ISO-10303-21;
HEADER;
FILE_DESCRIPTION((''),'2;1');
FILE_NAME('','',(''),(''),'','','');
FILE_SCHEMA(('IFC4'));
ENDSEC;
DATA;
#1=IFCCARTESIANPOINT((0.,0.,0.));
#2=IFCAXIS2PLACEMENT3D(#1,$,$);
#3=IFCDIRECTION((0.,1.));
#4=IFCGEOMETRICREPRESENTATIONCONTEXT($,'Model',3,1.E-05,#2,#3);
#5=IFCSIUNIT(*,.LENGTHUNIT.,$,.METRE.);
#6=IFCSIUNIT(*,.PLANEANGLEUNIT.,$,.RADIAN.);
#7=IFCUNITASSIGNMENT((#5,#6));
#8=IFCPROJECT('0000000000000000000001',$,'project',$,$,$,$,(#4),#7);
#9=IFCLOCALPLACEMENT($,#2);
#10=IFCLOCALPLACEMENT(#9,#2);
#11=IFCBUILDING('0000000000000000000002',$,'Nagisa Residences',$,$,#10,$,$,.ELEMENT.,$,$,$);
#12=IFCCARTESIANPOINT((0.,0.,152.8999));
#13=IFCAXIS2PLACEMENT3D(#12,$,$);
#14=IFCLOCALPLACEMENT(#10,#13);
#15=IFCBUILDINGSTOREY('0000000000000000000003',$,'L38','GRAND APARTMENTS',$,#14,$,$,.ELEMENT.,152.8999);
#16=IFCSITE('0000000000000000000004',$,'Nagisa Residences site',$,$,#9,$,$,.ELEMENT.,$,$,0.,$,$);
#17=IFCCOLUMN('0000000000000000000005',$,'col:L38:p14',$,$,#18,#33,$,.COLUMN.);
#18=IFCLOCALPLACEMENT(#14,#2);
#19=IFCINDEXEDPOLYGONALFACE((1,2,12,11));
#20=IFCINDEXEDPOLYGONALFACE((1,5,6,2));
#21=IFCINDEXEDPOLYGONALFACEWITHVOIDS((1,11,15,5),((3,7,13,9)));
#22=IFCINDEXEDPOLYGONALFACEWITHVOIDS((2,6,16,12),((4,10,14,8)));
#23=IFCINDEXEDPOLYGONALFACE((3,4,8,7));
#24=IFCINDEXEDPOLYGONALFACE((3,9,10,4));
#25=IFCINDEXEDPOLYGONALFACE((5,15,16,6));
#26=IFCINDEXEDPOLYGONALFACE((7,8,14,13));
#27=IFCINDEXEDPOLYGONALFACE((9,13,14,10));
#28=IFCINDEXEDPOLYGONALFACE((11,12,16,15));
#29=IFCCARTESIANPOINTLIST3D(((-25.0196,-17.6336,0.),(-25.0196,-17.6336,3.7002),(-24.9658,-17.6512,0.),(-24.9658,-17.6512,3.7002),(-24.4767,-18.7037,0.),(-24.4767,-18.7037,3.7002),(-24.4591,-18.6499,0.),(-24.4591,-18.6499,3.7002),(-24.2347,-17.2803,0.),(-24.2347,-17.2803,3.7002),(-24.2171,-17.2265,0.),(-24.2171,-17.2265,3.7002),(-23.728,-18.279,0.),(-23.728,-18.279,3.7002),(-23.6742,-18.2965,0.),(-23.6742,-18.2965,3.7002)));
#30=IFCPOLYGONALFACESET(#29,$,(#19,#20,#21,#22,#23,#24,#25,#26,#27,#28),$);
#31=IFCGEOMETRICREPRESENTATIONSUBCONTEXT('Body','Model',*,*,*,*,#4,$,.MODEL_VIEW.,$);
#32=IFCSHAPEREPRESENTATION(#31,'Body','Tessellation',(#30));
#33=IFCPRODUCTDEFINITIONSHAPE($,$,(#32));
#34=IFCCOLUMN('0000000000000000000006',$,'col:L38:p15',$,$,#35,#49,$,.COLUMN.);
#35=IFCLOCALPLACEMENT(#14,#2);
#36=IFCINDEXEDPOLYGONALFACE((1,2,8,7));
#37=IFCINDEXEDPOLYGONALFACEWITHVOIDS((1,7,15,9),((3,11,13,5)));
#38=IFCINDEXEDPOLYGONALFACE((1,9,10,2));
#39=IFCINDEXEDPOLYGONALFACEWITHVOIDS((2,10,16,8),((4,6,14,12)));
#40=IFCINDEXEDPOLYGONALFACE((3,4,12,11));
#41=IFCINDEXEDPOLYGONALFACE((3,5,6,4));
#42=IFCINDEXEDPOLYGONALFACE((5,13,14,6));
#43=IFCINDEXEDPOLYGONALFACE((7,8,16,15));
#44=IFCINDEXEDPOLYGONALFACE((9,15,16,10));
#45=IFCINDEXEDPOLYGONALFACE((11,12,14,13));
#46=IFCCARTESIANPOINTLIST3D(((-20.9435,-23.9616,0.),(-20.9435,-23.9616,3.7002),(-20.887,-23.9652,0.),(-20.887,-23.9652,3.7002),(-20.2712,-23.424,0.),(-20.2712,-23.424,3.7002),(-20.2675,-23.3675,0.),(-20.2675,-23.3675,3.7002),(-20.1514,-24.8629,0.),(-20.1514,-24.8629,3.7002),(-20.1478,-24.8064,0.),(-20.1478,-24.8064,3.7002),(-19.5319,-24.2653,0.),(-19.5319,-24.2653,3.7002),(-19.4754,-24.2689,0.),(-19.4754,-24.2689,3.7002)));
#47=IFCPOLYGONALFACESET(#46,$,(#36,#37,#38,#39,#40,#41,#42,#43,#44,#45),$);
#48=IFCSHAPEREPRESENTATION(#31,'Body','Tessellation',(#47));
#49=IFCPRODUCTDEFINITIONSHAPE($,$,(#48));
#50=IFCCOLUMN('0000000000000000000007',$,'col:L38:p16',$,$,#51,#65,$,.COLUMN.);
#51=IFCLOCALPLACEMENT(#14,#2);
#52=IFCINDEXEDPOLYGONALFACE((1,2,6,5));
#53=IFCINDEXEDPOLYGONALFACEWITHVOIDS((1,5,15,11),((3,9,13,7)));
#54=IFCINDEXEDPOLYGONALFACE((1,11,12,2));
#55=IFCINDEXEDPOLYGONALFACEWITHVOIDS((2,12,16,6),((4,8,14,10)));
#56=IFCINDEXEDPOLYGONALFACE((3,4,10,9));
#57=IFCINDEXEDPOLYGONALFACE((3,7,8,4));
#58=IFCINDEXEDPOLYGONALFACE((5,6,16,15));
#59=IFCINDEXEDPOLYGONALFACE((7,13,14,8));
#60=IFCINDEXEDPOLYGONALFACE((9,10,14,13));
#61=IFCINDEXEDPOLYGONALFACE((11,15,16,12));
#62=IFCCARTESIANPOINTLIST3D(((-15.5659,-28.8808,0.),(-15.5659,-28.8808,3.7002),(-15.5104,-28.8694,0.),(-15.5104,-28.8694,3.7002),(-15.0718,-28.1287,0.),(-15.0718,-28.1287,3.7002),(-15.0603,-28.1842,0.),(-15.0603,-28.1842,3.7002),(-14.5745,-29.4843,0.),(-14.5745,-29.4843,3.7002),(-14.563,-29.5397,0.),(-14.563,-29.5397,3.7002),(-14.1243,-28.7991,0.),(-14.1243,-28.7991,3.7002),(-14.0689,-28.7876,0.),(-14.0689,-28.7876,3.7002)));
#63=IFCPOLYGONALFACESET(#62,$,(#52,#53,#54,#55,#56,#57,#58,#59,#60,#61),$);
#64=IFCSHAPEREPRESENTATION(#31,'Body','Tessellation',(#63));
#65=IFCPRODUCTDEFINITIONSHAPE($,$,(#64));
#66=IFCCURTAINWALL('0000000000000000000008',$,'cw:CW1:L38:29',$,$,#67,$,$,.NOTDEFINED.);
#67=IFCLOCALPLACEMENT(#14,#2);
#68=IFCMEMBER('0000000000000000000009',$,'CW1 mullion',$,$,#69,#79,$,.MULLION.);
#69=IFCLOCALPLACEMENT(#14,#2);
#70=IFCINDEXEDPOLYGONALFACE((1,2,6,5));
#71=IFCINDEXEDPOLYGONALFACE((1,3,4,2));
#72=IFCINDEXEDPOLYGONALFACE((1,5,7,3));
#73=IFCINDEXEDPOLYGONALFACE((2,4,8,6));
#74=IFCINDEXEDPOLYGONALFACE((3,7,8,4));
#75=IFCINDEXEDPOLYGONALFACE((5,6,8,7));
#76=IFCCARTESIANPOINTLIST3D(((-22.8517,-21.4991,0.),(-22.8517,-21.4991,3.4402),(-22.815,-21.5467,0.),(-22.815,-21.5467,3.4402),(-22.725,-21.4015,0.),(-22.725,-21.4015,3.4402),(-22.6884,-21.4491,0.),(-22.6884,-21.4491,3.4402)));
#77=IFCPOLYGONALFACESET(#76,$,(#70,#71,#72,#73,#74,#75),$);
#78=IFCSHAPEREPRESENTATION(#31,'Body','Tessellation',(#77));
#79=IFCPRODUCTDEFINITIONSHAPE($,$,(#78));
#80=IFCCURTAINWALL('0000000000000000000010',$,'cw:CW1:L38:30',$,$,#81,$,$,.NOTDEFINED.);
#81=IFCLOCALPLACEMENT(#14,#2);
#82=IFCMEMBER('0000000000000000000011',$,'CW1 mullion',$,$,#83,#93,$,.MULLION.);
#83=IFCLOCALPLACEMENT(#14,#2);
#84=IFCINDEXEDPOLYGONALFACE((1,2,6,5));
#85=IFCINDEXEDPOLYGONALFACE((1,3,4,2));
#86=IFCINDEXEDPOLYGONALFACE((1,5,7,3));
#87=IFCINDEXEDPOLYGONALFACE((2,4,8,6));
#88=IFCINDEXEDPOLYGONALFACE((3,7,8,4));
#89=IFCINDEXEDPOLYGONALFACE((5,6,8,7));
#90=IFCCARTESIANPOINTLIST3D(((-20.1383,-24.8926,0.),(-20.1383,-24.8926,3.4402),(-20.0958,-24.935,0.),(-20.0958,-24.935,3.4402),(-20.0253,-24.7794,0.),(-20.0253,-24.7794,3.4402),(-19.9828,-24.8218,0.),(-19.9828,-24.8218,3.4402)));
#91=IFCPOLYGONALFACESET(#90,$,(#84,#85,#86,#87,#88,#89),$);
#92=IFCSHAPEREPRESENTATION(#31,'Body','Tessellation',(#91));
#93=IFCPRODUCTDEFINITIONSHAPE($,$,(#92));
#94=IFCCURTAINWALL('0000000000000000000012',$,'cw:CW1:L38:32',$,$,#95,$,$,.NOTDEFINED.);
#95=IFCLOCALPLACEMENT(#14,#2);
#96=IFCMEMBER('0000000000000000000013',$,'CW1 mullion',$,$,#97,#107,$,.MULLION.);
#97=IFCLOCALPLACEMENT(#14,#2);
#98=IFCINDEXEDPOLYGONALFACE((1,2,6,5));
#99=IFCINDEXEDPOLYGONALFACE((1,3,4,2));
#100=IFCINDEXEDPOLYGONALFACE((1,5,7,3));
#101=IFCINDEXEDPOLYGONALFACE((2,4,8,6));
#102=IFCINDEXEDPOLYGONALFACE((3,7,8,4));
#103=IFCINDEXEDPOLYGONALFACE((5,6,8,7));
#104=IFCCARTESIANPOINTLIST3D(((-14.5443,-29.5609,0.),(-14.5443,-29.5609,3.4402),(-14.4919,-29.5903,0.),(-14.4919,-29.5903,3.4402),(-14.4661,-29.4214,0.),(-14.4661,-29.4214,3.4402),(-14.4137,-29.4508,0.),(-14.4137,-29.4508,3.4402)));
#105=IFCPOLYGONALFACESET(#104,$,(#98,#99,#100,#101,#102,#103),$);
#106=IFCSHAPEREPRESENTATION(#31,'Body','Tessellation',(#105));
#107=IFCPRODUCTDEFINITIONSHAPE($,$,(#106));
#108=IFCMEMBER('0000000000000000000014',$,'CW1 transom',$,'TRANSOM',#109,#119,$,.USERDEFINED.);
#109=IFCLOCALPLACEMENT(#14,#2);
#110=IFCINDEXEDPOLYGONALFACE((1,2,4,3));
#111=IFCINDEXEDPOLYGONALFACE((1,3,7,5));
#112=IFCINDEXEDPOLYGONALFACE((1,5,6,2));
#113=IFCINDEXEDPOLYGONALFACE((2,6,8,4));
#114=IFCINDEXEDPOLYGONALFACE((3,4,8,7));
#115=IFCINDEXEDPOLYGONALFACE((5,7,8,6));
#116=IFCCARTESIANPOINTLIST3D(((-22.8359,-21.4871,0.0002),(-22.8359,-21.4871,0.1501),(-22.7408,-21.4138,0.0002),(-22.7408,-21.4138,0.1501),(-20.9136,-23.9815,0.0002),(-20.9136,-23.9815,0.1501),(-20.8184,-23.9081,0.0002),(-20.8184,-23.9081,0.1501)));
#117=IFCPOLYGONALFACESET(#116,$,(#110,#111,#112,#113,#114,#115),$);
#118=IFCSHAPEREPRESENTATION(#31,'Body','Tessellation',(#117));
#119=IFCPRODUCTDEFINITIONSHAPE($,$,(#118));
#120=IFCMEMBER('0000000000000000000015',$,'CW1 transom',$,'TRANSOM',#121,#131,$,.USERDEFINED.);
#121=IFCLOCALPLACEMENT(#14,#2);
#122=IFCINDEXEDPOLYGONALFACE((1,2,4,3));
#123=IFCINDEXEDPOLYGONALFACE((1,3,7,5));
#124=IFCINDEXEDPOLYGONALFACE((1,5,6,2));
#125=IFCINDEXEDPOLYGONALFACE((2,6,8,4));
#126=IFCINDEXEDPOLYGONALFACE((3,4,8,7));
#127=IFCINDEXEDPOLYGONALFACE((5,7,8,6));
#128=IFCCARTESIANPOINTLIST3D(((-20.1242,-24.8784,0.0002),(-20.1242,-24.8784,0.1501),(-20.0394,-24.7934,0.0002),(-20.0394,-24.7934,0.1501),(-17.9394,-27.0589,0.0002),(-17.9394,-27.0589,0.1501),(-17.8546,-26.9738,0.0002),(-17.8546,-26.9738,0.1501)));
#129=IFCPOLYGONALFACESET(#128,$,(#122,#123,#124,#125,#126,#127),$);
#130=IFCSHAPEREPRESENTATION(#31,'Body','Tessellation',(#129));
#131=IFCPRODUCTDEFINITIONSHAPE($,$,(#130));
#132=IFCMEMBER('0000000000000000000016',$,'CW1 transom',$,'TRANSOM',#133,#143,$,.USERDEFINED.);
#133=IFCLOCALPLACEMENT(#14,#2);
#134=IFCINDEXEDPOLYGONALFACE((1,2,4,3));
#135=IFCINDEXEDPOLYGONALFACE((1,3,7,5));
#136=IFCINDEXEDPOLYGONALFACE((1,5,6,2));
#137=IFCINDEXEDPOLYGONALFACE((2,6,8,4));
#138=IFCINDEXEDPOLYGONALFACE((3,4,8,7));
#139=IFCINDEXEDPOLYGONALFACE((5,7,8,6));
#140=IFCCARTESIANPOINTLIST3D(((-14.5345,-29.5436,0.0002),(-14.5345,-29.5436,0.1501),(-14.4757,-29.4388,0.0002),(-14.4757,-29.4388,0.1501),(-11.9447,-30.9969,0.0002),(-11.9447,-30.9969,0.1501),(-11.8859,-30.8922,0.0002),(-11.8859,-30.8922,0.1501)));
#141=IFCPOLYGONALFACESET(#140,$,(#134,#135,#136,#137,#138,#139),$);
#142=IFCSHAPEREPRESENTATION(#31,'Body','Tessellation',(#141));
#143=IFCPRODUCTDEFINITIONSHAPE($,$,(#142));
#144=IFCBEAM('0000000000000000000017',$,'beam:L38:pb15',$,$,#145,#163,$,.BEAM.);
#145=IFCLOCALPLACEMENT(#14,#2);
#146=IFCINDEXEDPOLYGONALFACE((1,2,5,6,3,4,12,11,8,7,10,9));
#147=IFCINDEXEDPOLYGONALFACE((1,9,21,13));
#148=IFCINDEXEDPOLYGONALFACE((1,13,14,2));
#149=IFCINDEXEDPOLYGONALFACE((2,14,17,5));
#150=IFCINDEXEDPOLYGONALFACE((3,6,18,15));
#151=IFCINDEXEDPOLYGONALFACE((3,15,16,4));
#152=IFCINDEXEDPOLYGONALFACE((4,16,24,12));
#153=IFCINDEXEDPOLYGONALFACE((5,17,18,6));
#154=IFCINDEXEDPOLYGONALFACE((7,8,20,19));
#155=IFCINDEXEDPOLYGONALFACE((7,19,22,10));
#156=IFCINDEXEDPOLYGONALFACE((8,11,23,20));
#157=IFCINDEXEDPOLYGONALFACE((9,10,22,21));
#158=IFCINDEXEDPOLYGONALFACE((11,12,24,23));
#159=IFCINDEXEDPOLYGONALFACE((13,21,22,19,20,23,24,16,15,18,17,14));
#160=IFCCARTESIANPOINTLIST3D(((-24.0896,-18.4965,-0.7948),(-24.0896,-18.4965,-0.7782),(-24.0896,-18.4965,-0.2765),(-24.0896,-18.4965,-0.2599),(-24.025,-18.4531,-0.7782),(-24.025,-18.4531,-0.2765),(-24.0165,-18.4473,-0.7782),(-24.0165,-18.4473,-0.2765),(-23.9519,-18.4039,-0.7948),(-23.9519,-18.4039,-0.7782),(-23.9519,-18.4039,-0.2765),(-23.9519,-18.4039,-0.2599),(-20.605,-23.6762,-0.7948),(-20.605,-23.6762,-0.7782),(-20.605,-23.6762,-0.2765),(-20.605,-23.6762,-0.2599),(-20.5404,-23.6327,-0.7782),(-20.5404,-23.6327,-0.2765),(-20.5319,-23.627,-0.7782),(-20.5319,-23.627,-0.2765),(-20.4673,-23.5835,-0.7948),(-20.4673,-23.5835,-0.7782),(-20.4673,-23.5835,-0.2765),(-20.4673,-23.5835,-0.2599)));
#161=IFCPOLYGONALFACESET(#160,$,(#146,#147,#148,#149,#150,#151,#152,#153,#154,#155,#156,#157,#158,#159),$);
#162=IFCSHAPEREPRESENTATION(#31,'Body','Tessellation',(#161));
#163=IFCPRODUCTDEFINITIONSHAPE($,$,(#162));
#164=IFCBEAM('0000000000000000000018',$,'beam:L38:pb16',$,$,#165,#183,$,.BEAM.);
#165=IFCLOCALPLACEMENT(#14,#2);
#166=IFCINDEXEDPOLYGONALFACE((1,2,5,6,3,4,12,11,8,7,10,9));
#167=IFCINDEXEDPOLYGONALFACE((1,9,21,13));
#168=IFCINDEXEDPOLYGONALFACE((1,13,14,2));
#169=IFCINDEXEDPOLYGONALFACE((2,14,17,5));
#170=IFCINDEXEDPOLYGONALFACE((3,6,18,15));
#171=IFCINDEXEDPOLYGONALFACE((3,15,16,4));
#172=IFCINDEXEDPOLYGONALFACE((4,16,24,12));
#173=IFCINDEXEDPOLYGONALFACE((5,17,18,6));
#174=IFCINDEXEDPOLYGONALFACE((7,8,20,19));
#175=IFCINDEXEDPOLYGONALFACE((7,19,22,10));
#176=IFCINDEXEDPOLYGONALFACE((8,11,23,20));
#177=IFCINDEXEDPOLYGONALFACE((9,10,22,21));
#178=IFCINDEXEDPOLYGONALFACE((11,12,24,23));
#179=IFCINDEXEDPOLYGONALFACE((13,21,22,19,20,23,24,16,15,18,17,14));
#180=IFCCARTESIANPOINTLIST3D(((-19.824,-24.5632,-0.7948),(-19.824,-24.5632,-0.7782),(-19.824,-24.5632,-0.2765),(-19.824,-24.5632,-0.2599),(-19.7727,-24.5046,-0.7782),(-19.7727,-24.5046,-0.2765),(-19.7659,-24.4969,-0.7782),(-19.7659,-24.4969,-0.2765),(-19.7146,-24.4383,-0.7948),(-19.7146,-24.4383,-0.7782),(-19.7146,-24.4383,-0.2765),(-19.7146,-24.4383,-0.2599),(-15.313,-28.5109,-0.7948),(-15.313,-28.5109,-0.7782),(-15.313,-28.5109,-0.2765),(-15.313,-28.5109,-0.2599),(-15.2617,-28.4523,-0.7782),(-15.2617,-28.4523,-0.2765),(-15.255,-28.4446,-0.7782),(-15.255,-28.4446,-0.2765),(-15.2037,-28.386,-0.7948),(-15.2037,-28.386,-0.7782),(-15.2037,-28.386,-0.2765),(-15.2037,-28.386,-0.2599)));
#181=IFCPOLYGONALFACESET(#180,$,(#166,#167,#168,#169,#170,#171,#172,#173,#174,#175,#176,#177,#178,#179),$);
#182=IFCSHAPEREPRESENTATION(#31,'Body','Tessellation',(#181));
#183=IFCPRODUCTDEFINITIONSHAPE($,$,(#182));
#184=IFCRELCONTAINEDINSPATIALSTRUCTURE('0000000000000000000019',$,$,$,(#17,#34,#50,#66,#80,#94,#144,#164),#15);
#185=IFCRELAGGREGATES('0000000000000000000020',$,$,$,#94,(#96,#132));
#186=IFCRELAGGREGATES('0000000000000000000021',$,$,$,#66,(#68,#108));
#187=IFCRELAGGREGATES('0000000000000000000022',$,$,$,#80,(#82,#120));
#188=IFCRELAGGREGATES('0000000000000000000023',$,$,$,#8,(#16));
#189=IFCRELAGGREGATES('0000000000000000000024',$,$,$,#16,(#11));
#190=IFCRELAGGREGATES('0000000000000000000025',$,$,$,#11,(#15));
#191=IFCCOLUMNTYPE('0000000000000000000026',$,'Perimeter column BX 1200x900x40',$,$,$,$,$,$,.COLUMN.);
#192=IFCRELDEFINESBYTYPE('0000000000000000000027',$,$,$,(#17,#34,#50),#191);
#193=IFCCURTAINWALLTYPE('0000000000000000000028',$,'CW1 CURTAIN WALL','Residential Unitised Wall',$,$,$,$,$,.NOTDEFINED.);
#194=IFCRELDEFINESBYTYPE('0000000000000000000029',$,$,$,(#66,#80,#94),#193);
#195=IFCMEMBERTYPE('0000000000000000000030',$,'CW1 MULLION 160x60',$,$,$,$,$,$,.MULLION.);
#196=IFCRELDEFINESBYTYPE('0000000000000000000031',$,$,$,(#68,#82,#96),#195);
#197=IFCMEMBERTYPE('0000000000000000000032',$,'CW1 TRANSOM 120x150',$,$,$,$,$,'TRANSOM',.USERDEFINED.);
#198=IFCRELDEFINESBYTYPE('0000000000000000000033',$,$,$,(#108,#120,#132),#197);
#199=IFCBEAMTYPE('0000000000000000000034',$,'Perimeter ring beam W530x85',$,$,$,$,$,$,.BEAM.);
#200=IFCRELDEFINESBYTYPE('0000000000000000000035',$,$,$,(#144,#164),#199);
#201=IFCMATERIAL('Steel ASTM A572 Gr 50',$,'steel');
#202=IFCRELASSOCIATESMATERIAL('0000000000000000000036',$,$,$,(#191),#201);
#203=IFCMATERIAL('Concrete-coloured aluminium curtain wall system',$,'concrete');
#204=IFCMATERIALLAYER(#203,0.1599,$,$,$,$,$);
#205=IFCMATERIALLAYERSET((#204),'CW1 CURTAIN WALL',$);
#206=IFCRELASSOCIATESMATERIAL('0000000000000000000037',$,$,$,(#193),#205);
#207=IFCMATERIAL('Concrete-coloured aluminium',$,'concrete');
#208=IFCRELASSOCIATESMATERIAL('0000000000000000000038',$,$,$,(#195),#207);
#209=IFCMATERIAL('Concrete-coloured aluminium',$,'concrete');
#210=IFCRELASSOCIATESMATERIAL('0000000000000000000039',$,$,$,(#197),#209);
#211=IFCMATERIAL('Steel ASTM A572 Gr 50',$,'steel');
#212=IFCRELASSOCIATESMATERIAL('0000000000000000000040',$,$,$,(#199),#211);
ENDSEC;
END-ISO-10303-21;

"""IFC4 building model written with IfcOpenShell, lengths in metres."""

from ifc_helpers import new_model, si_unit, direction, frame, origin, origin_2d, place, context, subcontext, project, spatial, rectangle, hollow_rectangle, i_section, extrude, material, layer, layer_set, material_profile, profile_set, type_object, element, aggregate, save


model = new_model("IFC4")

# Units and contexts
model_context = context("Model", 3, precision=1e-05, world=origin(), true_north=direction((0.0, 1.0)))
body_context = subcontext(model_context, "Body", "Model", "MODEL_VIEW")
ifc_project = project(units=[si_unit("LENGTHUNIT", "METRE"), si_unit("PLANEANGLEUNIT", "RADIAN")], contexts=[model_context])

# Site, building, storey
site_placement = place(None, origin())
site = spatial("IfcSite", under=ifc_project, at=site_placement, Name="Nagisa Residences site", CompositionType="ELEMENT", RefElevation=0.0)
building_placement = place(site_placement, origin())
building = spatial("IfcBuilding", under=site, at=building_placement, Name="Nagisa Residences", CompositionType="ELEMENT")
storey_placement = place(building_placement, frame((0.0, 0.0, 152.8999)))
storey = spatial("IfcBuildingStorey", under=building, at=storey_placement, Name="L38", Description="GRAND APARTMENTS", CompositionType="ELEMENT", Elevation=152.8999)

# Columns
ifc_material_1 = material(Name="Steel ASTM A572 Gr 50", Category="steel")
ifc_material_profile_1 = material_profile(ifc_material_1, hollow_rectangle(XDim=1.2, YDim=0.8999, WallThickness=0.04, at=origin_2d()), Name="BX 1200x900x40")
ifc_profile_set_1 = profile_set([ifc_material_profile_1], Name="Steel ASTM A572 Gr 50")
column_type = type_object("IfcColumnType", Name="Perimeter column BX 1200x900x40", PredefinedType="COLUMN", material=ifc_profile_set_1)
for number, where, z_axis, x_axis, name in (
    (1, (-24.3469, -17.9651, 0.0), (0.0, 0.0, 1.0), (0.452463, -0.891783, 0.0), "col:L38:p14"),
    (2, (-20.2095, -24.1152, 0.0), (0.0, 0.0, 1.0), (0.660115, -0.751165, 0.0), "col:L38:p15"),
    (3, (-14.8174, -28.8342, 0.0), (0.0, 0.0, 1.0), (0.835766, -0.549086, 0.0), "col:L38:p16"),
):
    element("IfcColumn", number, at=place(storey_placement, frame(where, z_axis=z_axis, x_axis=x_axis)), inside=storey, type_object=column_type, Name=name, PredefinedType="COLUMN", context=body_context, shape_type="SweptSolid", body=[
        extrude(hollow_rectangle(XDim=1.2, YDim=0.8999, WallThickness=0.04, at=origin_2d()), origin(), (0.0, 0.0, 1.0), 3.7002),
    ])

# Curtain walls, members
ifc_material_2 = material(Name="Concrete-coloured aluminium curtain wall system", Category="concrete")
ifc_layer_1 = layer(ifc_material_2, 0.1599)
ifc_layer_set_1 = layer_set([ifc_layer_1], Name="CW1 CURTAIN WALL")
curtain_wall_type = type_object("IfcCurtainWallType", Name="CW1 CURTAIN WALL", Description="Residential Unitised Wall", PredefinedType="NOTDEFINED", material=ifc_layer_set_1)
curtain_wall_1_placement = place(storey_placement, origin())
curtain_wall_1 = element("IfcCurtainWall", 4, at=curtain_wall_1_placement, inside=storey, type_object=curtain_wall_type, Name="cw:CW1:L38:29", PredefinedType="NOTDEFINED")
ifc_material_3 = material(Name="Concrete-coloured aluminium", Category="concrete")
ifc_material_profile_2 = material_profile(ifc_material_3, rectangle(XDim=0.1599, YDim=0.0601, at=origin_2d()), Name="CW1 MULLION 160x60")
ifc_profile_set_2 = profile_set([ifc_material_profile_2], Name="Concrete-coloured aluminium")
member_type_1 = type_object("IfcMemberType", Name="CW1 MULLION 160x60", PredefinedType="MULLION", material=ifc_profile_set_2)
member_1_placement = place(storey_placement, frame((-22.77, -21.4741, 0.0), z_axis=(0.0, 0.0, 1.0), x_axis=(0.79207, 0.61043, 0.0)))
member_1 = element("IfcMember", 5, at=member_1_placement, type_object=member_type_1, Name="CW1 mullion", PredefinedType="MULLION", context=body_context, shape_type="SweptSolid", body=[
    extrude(rectangle(XDim=0.1599, YDim=0.0601, at=origin_2d()), origin(), (0.0, 0.0, 1.0), 3.4402),
])
curtain_wall_2_placement = place(storey_placement, origin())
curtain_wall_2 = element("IfcCurtainWall", 6, at=curtain_wall_2_placement, inside=storey, type_object=curtain_wall_type, Name="cw:CW1:L38:30", PredefinedType="NOTDEFINED")
member_2_placement = place(storey_placement, frame((-20.0605, -24.8572, 0.0), z_axis=(0.0, 0.0, 1.0), x_axis=(0.706377, 0.707836, 0.0)))
member_2 = element("IfcMember", 7, at=member_2_placement, type_object=member_type_1, Name="CW1 mullion", PredefinedType="MULLION", context=body_context, shape_type="SweptSolid", body=[
    extrude(rectangle(XDim=0.1599, YDim=0.0601, at=origin_2d()), origin(), (0.0, 0.0, 1.0), 3.4402),
])
curtain_wall_3_placement = place(storey_placement, origin())
curtain_wall_3 = element("IfcCurtainWall", 8, at=curtain_wall_3_placement, inside=storey, type_object=curtain_wall_type, Name="cw:CW1:L38:32", PredefinedType="NOTDEFINED")
member_3_placement = place(storey_placement, frame((-14.479, -29.5059, 0.0), z_axis=(0.0, 0.0, 1.0), x_axis=(0.489377, 0.872072, 0.0)))
member_3 = element("IfcMember", 9, at=member_3_placement, type_object=member_type_1, Name="CW1 mullion", PredefinedType="MULLION", context=body_context, shape_type="SweptSolid", body=[
    extrude(rectangle(XDim=0.1599, YDim=0.0601, at=origin_2d()), origin(), (0.0, 0.0, 1.0), 3.4402),
])

# Members
ifc_material_4 = material(Name="Concrete-coloured aluminium", Category="concrete")
ifc_material_profile_3 = material_profile(ifc_material_4, rectangle(XDim=0.1201, YDim=0.1499, at=origin_2d()), Name="CW1 TRANSOM 120x150")
ifc_profile_set_3 = profile_set([ifc_material_profile_3], Name="Concrete-coloured aluminium")
member_type_2 = type_object("IfcMemberType", Name="CW1 TRANSOM 120x150", ElementType="TRANSOM", PredefinedType="USERDEFINED", material=ifc_profile_set_3)
member_4_placement = place(storey_placement, frame((-22.7883, -21.4504, 0.0752), z_axis=(0.61043, -0.79207, 0.0), x_axis=(0.79207, 0.61043, 0.0)))
member_4 = element("IfcMember", 10, at=member_4_placement, type_object=member_type_2, Name="CW1 transom", ObjectType="TRANSOM", PredefinedType="USERDEFINED", context=body_context, shape_type="SweptSolid", body=[
    extrude(rectangle(XDim=0.1201, YDim=0.1499, at=origin_2d()), origin(), (0.0, 0.0, 1.0), 3.1492),
])
member_5_placement = place(storey_placement, frame((-20.0818, -24.8359, 0.0752), z_axis=(0.707818, -0.706395, 0.0), x_axis=(0.706395, 0.707818, 0.0)))
member_5 = element("IfcMember", 11, at=member_5_placement, type_object=member_type_2, Name="CW1 transom", ObjectType="TRANSOM", PredefinedType="USERDEFINED", context=body_context, shape_type="SweptSolid", body=[
    extrude(rectangle(XDim=0.1201, YDim=0.1499, at=origin_2d()), origin(), (0.0, 0.0, 1.0), 3.0867),
])
member_6_placement = place(storey_placement, frame((-14.5051, -29.4912, 0.0752), z_axis=(0.872067, -0.489387, 0.0), x_axis=(0.489387, 0.872067, 0.0)))
member_6 = element("IfcMember", 12, at=member_6_placement, type_object=member_type_2, Name="CW1 transom", ObjectType="TRANSOM", PredefinedType="USERDEFINED", context=body_context, shape_type="SweptSolid", body=[
    extrude(rectangle(XDim=0.1201, YDim=0.1499, at=origin_2d()), origin(), (0.0, 0.0, 1.0), 2.9697),
])
aggregate(curtain_wall_3, [member_3, member_6])

# Beams
ifc_material_5 = material(Name="Steel ASTM A572 Gr 50", Category="steel")
ifc_material_profile_4 = material_profile(ifc_material_5, i_section(OverallWidth=0.166, OverallDepth=0.5349, WebThickness=0.0103, FlangeThickness=0.0166, at=origin_2d()), Name="W530x85")
ifc_profile_set_4 = profile_set([ifc_material_profile_4], Name="Steel ASTM A572 Gr 50")
beam_type_1 = type_object("IfcBeamType", Name="Perimeter ring beam W530x85", PredefinedType="BEAM", material=ifc_profile_set_4)
beam_1_placement = place(storey_placement, frame((-24.0208, -18.4502, -0.5273), z_axis=(0.558188, -0.829715, 0.0), x_axis=(0.829715, 0.558188, 0.0)))
element("IfcBeam", 13, at=beam_1_placement, inside=storey, type_object=beam_type_1, Name="beam:L38:pb15", PredefinedType="BEAM", context=body_context, shape_type="SweptSolid", body=[
    extrude(i_section(OverallWidth=0.166, OverallDepth=0.5349, WebThickness=0.0103, FlangeThickness=0.0166, at=origin_2d()), origin(), (0.0, 0.0, 1.0), 6.2427),
])
beam_2_placement = place(storey_placement, frame((-19.7693, -24.5007, -0.5273), z_axis=(0.752524, -0.658565, 0.0), x_axis=(0.658565, 0.752524, 0.0)))
element("IfcBeam", 14, at=beam_2_placement, inside=storey, type_object=beam_type_1, Name="beam:L38:pb16", PredefinedType="BEAM", context=body_context, shape_type="SweptSolid", body=[
    extrude(i_section(OverallWidth=0.166, OverallDepth=0.5349, WebThickness=0.0103, FlangeThickness=0.0166, at=origin_2d()), origin(), (0.0, 0.0, 1.0), 5.9944),
])

aggregate(curtain_wall_1, [member_1, member_4])
aggregate(curtain_wall_2, [member_2, member_5])

save(model, "model.ifc")
